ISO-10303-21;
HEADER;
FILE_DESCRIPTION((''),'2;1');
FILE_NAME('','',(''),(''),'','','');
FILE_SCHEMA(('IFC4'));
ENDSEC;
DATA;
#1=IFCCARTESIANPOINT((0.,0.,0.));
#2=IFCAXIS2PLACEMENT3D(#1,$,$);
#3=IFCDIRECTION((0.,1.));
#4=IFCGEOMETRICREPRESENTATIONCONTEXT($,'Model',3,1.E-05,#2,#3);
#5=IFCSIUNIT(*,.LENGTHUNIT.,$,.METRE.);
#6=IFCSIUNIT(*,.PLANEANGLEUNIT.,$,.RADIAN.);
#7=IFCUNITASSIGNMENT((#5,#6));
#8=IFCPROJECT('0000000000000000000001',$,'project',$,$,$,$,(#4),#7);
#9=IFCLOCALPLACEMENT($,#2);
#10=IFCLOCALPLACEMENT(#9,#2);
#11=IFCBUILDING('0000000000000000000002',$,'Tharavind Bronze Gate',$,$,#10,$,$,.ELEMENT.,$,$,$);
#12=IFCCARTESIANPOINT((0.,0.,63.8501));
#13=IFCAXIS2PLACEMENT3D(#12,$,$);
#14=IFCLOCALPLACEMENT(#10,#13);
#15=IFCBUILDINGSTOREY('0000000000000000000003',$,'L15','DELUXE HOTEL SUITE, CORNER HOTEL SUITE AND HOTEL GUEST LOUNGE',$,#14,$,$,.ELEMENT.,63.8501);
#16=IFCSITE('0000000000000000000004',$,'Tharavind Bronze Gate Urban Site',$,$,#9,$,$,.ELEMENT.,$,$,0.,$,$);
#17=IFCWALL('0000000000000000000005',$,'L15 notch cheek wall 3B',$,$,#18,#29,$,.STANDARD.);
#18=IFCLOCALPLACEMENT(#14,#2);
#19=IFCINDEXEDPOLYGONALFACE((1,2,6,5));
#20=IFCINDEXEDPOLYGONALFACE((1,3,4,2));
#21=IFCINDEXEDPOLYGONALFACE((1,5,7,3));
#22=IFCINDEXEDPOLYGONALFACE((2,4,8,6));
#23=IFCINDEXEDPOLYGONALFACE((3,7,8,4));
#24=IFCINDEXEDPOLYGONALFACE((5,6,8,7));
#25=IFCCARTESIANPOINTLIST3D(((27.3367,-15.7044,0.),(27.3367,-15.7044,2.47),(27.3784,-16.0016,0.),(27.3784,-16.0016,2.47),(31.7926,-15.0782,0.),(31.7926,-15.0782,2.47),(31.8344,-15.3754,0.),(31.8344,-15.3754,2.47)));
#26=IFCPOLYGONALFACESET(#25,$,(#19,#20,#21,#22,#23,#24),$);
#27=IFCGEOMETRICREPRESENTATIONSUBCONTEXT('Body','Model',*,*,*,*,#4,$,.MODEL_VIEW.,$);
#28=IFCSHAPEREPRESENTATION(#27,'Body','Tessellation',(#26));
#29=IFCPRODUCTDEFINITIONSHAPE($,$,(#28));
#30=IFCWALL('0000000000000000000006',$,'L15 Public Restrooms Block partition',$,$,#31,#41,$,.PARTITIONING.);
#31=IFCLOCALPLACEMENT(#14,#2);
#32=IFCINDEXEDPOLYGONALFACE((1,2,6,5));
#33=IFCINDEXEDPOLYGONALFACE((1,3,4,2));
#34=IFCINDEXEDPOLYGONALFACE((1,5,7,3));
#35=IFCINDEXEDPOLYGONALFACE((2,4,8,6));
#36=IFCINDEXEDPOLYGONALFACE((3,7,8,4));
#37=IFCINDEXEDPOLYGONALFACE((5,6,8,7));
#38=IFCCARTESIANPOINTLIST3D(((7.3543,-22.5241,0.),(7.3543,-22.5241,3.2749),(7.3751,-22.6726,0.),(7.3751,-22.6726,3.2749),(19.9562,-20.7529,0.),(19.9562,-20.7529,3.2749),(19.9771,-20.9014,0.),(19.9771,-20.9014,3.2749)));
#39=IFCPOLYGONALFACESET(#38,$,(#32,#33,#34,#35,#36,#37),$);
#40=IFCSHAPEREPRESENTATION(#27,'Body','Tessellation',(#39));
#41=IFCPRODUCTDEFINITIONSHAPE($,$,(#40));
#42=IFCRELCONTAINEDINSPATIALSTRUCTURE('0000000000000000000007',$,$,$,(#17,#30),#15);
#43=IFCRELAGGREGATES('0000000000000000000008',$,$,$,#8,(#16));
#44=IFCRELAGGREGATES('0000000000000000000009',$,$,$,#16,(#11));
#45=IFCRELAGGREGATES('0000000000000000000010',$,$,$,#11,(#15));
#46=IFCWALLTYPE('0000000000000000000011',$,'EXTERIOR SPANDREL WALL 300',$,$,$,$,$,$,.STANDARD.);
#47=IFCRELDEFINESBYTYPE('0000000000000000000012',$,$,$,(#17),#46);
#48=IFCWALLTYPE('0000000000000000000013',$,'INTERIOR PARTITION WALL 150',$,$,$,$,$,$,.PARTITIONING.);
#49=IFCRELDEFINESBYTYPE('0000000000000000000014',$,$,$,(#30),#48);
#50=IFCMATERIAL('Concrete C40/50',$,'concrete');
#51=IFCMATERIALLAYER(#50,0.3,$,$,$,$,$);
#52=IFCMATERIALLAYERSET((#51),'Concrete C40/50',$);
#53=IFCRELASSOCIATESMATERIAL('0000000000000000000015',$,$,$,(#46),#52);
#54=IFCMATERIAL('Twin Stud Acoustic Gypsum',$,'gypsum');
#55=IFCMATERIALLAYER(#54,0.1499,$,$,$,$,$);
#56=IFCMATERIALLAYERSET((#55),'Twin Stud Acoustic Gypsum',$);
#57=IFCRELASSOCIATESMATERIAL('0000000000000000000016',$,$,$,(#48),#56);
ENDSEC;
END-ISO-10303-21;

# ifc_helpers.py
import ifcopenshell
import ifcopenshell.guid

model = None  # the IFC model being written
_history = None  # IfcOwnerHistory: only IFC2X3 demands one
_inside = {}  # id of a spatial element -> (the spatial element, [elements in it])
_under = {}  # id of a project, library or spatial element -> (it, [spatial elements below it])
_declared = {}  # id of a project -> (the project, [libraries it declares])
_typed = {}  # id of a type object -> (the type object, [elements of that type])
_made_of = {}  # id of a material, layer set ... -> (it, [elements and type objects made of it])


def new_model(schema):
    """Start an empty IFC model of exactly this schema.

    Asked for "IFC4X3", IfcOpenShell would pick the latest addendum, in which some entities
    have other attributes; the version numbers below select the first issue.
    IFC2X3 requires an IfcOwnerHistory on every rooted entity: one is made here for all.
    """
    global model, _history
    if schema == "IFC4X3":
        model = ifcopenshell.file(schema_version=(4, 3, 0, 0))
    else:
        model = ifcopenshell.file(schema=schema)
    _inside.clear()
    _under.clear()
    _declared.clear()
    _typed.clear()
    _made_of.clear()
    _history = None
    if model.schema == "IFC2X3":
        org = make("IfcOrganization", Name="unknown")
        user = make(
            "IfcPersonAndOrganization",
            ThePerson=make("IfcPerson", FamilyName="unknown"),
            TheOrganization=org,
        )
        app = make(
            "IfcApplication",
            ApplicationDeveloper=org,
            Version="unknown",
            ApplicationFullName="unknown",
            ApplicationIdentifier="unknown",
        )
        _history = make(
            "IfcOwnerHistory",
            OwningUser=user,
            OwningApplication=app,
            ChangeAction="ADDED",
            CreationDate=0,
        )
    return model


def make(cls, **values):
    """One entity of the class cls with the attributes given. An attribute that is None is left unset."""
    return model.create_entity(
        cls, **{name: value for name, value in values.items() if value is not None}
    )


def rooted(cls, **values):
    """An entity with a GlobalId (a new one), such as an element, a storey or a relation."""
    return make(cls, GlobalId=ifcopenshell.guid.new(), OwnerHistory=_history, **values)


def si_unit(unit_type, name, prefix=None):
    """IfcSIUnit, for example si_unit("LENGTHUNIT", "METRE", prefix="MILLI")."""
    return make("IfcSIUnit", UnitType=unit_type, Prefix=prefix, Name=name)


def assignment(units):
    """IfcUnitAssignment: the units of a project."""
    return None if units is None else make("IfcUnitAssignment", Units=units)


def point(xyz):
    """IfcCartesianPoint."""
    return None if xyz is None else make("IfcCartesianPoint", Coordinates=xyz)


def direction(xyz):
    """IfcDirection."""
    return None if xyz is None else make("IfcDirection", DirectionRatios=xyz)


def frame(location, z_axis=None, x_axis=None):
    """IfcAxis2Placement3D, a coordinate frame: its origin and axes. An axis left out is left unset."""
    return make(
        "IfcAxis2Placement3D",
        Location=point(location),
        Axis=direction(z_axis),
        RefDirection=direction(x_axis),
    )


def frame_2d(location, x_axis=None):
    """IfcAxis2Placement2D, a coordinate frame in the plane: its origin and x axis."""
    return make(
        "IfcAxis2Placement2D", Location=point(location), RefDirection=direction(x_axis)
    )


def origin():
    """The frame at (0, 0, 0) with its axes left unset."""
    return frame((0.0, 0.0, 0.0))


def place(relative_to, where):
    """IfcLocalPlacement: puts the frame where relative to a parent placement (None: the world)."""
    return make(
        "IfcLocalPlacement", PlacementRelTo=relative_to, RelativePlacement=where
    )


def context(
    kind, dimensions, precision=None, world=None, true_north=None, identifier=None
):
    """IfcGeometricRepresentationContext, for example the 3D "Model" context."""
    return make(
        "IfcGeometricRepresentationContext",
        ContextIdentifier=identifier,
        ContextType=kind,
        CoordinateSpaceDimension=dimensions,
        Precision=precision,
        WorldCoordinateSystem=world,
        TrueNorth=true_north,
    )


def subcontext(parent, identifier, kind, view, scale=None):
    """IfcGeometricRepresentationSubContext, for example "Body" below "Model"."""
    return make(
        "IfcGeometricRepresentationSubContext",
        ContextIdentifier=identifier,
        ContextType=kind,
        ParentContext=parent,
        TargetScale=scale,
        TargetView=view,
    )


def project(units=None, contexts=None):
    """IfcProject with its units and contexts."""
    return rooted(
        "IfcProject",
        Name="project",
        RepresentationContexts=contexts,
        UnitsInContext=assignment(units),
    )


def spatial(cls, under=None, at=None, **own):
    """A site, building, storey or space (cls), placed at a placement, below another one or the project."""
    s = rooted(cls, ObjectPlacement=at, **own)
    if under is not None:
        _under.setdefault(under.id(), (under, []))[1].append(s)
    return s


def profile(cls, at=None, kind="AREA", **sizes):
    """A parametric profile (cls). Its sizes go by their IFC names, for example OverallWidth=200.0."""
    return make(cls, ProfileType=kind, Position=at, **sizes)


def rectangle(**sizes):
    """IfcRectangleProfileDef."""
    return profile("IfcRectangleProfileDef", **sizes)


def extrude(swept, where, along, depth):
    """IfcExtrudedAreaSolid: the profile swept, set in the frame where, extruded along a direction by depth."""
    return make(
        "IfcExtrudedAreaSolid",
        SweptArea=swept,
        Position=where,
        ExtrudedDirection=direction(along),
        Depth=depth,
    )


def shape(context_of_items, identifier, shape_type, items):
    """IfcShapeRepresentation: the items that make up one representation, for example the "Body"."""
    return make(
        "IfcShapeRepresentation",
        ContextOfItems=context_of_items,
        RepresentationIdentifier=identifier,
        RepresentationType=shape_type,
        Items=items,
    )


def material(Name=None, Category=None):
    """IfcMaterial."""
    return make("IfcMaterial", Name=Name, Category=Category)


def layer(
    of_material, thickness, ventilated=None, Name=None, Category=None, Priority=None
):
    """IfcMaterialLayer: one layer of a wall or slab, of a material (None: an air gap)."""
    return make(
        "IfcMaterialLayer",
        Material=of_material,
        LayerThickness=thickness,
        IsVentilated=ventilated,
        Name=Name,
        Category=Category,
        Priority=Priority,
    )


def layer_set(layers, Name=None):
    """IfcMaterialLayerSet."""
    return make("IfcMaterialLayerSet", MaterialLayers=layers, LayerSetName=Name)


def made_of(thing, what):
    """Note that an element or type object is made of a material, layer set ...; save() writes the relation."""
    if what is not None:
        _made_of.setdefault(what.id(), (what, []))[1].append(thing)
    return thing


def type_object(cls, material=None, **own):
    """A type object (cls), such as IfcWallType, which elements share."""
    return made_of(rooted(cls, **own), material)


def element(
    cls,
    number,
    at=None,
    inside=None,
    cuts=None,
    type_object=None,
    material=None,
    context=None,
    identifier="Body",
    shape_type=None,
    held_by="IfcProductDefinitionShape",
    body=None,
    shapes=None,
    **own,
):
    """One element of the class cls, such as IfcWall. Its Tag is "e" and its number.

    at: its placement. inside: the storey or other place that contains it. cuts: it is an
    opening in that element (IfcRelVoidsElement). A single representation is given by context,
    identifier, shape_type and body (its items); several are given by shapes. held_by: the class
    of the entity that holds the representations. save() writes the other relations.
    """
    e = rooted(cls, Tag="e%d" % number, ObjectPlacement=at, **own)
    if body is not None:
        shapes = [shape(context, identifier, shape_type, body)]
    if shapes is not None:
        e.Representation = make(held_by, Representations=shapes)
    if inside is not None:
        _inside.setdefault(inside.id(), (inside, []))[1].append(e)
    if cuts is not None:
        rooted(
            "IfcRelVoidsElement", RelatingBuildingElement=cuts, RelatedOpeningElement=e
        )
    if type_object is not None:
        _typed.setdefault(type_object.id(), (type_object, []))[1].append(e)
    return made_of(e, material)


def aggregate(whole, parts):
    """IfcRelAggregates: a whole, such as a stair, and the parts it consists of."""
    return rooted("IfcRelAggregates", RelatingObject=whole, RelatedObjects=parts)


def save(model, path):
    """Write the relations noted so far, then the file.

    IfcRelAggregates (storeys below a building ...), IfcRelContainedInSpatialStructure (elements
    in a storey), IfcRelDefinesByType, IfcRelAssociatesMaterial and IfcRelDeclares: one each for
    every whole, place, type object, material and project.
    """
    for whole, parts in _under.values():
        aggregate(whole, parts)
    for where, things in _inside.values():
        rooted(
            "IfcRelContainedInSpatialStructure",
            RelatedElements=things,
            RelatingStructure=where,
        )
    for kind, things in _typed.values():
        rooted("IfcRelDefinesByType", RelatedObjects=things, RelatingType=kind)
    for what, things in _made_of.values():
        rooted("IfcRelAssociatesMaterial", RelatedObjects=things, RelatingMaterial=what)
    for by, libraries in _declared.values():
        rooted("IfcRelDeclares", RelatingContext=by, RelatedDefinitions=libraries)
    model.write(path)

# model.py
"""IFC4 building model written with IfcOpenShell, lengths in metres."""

from ifc_helpers import new_model, si_unit, direction, frame, frame_2d, origin, place, context, subcontext, project, spatial, rectangle, extrude, material, layer, layer_set, type_object, element, save


model = new_model("IFC4")

# Units and contexts
model_context = context("Model", 3, precision=1e-05, world=origin(), true_north=direction((0.0, 1.0)))
body_context = subcontext(model_context, "Body", "Model", "MODEL_VIEW")
ifc_project = project(units=[si_unit("LENGTHUNIT", "METRE"), si_unit("PLANEANGLEUNIT", "RADIAN")], contexts=[model_context])

# Site, building, storey
site_placement = place(None, origin())
site = spatial("IfcSite", under=ifc_project, at=site_placement, Name="Tharavind Bronze Gate Urban Site", CompositionType="ELEMENT", RefElevation=0.0)
building_placement = place(site_placement, origin())
building = spatial("IfcBuilding", under=site, at=building_placement, Name="Tharavind Bronze Gate", CompositionType="ELEMENT")
storey_placement = place(building_placement, frame((0.0, 0.0, 63.8501)))
storey = spatial("IfcBuildingStorey", under=building, at=storey_placement, Name="L15", Description="DELUXE HOTEL SUITE, CORNER HOTEL SUITE AND HOTEL GUEST LOUNGE", CompositionType="ELEMENT", Elevation=63.8501)

# Walls
ifc_material_1 = material(Name="Concrete C40/50", Category="concrete")
ifc_layer_1 = layer(ifc_material_1, 0.3)
ifc_layer_set_1 = layer_set([ifc_layer_1], Name="Concrete C40/50")
wall_type_1 = type_object("IfcWallType", Name="EXTERIOR SPANDREL WALL 300", PredefinedType="STANDARD", material=ifc_layer_set_1)
wall_1_placement = place(storey_placement, frame((27.3574, -15.853, 0.0), z_axis=(0.0, 0.0, 1.0), x_axis=(0.990269, 0.139165, 0.0)))
element("IfcWall", 1, at=wall_1_placement, inside=storey, type_object=wall_type_1, Name="L15 notch cheek wall 3B", PredefinedType="STANDARD", context=body_context, shape_type="SweptSolid", body=[
    extrude(rectangle(XDim=4.4998, YDim=0.3, at=frame_2d((2.25, 0.0))), origin(), (0.0, 0.0, 1.0), 2.47),
])
ifc_material_2 = material(Name="Twin Stud Acoustic Gypsum", Category="gypsum")
ifc_layer_2 = layer(ifc_material_2, 0.1499)
ifc_layer_set_2 = layer_set([ifc_layer_2], Name="Twin Stud Acoustic Gypsum")
wall_type_2 = type_object("IfcWallType", Name="INTERIOR PARTITION WALL 150", PredefinedType="PARTITIONING", material=ifc_layer_set_2)
wall_2_placement = place(storey_placement, frame((19.9666, -20.8271, 0.0), z_axis=(0.0, 0.0, 1.0), x_axis=(-0.990267, -0.139184, 0.0)))
element("IfcWall", 2, at=wall_2_placement, inside=storey, type_object=wall_type_2, Name="L15 Public Restrooms Block partition", PredefinedType="PARTITIONING", context=body_context, shape_type="SweptSolid", body=[
    extrude(rectangle(XDim=12.7258, YDim=0.1499, at=frame_2d((6.3628, 0.0))), origin(), (0.0, 0.0, 1.0), 3.2749),
])

save(model, "model.ifc")
